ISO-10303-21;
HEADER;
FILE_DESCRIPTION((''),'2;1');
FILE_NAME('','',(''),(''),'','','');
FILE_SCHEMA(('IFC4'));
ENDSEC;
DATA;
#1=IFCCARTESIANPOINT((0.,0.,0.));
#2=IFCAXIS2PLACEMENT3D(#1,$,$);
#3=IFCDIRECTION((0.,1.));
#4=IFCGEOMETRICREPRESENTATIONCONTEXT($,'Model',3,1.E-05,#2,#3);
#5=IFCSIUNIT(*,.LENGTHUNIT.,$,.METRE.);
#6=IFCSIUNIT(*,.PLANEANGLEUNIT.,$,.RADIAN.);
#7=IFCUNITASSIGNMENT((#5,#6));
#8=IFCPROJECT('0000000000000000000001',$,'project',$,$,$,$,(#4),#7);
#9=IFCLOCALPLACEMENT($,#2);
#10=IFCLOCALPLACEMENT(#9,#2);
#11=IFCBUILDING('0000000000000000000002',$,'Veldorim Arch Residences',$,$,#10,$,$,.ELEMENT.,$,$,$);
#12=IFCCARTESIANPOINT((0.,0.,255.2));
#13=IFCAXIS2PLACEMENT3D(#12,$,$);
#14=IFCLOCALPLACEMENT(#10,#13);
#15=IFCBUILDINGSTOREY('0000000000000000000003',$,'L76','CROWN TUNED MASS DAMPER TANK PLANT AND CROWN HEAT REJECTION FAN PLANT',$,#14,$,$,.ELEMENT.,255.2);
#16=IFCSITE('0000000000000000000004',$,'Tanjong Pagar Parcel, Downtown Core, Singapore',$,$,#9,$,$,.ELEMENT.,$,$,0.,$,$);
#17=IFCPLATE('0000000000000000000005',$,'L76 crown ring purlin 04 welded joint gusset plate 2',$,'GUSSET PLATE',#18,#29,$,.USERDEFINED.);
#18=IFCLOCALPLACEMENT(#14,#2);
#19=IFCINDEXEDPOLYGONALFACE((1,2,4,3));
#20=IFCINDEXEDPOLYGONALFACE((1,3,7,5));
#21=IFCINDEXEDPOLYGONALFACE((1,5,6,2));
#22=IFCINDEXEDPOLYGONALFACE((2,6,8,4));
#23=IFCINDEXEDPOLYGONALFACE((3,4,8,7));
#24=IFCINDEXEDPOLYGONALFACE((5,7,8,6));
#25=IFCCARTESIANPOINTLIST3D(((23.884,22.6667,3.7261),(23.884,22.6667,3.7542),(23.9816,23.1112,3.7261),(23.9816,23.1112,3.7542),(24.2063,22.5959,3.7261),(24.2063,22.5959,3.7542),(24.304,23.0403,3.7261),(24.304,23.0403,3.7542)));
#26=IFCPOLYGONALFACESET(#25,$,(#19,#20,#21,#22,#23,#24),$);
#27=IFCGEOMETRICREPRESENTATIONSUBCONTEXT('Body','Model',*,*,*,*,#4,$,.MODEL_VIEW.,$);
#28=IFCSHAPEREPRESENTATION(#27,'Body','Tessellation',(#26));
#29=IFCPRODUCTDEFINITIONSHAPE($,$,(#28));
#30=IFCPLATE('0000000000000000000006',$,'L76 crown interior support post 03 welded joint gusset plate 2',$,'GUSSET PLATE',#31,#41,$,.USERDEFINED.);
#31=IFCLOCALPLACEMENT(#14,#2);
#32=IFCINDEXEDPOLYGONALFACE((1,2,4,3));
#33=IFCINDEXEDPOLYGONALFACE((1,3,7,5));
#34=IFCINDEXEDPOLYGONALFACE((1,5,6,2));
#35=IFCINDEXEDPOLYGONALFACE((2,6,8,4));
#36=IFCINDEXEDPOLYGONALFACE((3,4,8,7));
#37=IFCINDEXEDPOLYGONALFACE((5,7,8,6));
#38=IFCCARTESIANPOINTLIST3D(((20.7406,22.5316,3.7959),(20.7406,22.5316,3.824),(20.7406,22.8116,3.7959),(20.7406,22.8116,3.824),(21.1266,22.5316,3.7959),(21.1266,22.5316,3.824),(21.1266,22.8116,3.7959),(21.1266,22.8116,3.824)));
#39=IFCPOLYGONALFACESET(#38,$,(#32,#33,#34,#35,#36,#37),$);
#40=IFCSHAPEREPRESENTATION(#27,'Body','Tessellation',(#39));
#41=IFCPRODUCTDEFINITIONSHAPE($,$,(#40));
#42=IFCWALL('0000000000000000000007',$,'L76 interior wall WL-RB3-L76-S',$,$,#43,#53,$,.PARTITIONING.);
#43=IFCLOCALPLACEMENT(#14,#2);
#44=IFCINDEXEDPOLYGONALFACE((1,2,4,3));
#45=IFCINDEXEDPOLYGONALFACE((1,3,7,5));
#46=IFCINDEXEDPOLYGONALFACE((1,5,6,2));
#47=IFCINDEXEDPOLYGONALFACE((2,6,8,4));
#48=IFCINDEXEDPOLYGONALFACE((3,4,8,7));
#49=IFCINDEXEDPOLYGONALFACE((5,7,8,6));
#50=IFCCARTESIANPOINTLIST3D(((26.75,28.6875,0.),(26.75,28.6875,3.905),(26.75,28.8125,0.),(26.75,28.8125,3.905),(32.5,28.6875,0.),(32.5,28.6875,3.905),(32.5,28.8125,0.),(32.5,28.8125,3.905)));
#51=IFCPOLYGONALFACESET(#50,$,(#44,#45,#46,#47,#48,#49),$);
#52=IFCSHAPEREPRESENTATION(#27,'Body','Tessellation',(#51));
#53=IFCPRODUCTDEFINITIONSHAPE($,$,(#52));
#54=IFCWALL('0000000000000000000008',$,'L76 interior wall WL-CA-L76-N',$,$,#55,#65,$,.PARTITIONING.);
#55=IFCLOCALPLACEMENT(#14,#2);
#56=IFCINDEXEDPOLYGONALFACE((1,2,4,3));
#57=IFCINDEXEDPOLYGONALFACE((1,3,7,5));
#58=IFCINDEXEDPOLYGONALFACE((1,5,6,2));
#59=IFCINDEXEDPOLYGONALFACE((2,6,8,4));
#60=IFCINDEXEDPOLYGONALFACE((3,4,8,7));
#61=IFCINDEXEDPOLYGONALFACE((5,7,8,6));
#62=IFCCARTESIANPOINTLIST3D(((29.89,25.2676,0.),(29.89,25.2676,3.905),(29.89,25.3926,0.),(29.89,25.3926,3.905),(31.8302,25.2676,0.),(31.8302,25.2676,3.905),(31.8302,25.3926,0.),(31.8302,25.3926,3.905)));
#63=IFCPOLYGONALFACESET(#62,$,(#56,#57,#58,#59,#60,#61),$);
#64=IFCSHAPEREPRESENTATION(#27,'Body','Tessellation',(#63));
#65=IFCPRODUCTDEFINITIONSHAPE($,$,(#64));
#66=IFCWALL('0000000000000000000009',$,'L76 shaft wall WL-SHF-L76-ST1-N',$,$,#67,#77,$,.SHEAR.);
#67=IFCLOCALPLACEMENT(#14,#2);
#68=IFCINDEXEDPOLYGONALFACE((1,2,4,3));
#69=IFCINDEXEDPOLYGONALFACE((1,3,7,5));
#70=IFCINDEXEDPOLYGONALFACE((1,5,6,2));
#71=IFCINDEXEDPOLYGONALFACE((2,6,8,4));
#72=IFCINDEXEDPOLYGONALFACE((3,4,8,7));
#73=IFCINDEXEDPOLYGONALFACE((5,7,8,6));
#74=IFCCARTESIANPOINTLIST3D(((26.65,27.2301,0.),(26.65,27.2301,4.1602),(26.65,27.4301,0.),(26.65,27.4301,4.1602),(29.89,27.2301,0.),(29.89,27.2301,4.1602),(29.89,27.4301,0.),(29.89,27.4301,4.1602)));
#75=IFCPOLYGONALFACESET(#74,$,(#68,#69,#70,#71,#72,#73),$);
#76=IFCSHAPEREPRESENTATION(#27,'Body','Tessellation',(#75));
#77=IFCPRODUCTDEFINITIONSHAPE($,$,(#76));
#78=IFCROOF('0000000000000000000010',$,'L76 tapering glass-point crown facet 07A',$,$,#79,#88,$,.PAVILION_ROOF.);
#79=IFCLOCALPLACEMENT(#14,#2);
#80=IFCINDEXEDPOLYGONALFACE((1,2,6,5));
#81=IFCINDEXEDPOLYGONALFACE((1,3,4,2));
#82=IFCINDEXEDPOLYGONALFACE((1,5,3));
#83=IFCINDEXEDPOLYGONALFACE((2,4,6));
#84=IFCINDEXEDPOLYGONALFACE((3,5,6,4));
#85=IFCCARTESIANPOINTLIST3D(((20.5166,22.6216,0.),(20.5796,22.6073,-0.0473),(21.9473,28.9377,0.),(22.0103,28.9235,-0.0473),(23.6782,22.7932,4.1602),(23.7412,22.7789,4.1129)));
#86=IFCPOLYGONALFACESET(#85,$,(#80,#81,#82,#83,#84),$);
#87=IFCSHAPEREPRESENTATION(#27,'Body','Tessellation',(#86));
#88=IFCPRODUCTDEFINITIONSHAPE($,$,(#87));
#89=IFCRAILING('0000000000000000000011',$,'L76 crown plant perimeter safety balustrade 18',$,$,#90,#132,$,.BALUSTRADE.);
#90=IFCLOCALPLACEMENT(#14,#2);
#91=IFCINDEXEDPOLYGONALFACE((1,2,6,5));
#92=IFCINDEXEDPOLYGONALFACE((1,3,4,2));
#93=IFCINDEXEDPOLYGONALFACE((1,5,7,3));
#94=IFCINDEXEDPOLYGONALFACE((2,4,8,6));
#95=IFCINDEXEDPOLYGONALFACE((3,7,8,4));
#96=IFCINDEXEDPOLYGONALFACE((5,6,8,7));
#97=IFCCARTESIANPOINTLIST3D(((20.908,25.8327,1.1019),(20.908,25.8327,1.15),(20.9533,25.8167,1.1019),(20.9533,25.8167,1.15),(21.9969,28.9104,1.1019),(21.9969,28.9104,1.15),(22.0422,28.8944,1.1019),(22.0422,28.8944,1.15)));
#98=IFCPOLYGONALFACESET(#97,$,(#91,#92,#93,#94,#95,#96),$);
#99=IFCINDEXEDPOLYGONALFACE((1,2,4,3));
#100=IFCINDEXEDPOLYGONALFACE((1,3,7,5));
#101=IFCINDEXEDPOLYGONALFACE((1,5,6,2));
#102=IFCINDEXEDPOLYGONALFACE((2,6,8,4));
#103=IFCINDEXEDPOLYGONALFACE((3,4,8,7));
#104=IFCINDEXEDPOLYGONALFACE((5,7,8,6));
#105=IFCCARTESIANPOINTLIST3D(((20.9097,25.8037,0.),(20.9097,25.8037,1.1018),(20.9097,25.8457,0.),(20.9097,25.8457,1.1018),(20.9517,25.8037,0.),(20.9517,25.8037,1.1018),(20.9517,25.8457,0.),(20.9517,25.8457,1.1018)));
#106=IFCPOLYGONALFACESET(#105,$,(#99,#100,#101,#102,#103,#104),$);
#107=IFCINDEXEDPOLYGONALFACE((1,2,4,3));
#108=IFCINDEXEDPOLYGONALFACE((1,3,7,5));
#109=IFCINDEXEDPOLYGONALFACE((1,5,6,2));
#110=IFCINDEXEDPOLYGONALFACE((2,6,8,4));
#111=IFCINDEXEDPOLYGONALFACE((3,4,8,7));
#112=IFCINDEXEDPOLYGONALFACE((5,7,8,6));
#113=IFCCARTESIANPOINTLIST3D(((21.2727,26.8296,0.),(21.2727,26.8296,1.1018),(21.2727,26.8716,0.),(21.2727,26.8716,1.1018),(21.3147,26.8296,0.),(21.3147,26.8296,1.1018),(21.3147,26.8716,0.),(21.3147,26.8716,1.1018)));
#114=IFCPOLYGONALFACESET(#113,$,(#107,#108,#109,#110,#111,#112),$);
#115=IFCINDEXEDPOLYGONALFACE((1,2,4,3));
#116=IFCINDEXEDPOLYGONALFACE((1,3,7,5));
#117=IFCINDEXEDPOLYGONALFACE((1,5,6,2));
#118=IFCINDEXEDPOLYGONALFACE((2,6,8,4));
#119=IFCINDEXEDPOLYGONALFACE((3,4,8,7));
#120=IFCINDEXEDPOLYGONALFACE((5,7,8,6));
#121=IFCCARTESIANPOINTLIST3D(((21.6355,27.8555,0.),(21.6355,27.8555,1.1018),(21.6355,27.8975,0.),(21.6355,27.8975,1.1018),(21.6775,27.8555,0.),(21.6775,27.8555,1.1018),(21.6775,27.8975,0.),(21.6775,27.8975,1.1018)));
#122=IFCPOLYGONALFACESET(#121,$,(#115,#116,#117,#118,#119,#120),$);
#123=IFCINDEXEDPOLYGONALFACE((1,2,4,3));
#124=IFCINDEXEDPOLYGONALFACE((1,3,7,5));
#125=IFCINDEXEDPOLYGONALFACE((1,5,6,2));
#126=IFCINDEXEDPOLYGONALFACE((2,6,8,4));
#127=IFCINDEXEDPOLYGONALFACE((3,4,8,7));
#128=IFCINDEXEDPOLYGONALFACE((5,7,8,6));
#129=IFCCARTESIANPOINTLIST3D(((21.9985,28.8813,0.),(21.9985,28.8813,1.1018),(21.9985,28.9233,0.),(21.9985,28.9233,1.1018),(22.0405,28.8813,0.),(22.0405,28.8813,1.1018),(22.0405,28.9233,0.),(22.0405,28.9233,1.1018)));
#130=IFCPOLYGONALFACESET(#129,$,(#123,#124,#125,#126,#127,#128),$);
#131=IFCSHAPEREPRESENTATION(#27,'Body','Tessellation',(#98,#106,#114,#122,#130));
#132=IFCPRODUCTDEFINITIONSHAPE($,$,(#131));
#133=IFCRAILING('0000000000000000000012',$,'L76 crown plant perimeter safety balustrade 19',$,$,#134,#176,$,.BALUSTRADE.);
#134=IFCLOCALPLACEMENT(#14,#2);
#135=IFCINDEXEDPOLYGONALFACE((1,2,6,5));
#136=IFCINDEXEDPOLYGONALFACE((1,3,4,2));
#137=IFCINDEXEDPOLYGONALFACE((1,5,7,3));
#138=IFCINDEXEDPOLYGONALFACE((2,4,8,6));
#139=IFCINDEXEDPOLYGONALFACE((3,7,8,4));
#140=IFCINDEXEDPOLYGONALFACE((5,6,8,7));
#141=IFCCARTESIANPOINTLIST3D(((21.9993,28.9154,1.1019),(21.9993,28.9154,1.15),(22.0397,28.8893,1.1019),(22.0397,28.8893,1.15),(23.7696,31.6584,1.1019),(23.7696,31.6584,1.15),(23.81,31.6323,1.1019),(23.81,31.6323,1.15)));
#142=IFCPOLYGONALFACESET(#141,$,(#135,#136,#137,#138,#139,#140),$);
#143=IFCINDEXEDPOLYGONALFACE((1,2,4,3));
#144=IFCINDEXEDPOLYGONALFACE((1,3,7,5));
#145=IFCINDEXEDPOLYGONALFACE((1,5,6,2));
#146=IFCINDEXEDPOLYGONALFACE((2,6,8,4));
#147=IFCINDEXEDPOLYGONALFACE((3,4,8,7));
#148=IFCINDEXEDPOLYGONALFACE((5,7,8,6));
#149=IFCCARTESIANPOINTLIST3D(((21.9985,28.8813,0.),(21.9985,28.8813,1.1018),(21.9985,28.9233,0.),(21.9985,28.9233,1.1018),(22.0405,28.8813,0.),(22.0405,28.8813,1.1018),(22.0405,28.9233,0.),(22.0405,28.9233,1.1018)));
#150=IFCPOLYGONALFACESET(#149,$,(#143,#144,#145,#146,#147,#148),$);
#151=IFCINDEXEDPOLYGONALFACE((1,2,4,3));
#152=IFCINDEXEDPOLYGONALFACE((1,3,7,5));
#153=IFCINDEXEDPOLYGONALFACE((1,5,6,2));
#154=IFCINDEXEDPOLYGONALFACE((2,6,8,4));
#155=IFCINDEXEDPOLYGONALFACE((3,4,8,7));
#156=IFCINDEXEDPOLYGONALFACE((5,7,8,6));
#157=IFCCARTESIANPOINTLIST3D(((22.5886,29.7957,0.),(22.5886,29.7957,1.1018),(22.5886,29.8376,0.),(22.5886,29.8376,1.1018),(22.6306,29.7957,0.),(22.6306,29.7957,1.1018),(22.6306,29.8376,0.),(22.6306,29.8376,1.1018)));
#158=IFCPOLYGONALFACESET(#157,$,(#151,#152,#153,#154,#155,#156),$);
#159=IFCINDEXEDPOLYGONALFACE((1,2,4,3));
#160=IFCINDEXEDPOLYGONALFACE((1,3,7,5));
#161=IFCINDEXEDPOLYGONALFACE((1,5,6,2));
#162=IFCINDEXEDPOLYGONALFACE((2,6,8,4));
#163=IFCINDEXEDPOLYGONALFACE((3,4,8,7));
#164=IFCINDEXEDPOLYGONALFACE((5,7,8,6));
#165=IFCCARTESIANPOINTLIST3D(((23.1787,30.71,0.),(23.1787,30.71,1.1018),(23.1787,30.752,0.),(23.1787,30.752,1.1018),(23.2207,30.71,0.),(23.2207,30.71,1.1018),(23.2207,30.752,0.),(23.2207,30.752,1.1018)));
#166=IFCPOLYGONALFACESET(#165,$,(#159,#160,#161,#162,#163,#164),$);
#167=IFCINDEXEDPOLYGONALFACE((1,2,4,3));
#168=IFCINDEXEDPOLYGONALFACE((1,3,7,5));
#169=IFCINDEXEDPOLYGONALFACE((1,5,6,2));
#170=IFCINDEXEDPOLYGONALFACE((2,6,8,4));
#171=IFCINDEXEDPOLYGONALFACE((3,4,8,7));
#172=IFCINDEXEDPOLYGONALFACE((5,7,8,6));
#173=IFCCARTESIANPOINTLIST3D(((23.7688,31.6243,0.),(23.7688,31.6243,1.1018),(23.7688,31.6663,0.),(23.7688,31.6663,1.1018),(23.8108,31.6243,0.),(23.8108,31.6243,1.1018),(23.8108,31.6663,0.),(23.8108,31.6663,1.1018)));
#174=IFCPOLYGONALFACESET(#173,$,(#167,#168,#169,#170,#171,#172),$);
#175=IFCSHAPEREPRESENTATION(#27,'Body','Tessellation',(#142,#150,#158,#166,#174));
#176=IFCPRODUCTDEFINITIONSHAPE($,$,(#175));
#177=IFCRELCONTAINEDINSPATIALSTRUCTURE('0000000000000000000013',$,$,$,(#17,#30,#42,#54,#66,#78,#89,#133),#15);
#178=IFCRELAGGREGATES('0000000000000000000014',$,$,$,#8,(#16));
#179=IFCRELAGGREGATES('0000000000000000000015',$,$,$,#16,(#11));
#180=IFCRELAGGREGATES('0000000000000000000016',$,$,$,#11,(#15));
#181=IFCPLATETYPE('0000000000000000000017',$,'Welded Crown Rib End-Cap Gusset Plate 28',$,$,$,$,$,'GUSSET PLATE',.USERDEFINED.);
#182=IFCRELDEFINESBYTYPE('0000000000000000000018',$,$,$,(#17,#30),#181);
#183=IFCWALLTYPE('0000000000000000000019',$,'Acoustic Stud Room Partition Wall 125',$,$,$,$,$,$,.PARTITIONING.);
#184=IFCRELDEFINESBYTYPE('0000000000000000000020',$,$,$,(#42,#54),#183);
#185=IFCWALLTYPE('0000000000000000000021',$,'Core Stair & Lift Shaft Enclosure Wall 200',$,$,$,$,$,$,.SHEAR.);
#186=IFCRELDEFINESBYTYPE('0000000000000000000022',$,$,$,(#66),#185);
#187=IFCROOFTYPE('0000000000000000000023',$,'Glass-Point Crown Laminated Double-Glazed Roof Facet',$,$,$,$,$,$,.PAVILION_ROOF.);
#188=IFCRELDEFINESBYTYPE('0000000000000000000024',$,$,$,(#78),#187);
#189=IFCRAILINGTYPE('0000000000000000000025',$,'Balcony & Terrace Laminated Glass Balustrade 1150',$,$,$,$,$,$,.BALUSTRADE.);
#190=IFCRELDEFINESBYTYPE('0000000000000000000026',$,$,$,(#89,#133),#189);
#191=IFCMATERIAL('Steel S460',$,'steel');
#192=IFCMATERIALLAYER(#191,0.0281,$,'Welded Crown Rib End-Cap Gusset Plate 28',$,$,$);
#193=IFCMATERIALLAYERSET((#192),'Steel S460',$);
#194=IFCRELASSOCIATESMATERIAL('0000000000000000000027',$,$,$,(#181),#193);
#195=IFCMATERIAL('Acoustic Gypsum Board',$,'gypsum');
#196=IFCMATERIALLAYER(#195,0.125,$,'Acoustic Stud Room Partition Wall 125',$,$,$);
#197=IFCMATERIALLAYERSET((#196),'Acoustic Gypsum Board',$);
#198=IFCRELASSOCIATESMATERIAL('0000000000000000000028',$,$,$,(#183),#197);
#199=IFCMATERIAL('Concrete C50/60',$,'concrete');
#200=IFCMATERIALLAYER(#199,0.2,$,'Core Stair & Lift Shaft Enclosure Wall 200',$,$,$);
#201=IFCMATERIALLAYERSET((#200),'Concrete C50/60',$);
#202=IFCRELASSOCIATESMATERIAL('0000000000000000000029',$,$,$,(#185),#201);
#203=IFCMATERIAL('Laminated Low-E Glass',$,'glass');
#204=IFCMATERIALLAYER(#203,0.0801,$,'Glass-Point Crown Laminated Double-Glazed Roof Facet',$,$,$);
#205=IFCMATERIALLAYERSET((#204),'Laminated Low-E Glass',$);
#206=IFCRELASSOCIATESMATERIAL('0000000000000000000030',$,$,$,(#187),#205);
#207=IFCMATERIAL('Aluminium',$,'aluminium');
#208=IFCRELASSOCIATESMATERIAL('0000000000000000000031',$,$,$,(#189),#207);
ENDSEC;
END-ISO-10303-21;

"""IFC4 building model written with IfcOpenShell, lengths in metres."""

from ifc_helpers import new_model, si_unit, direction, frame, frame_2d, origin, origin_2d, place, context, subcontext, project, spatial, polyline, rectangle, outline, extrude, material, layer, layer_set, type_object, element, save


model = new_model("IFC4")

# Units and contexts
model_context = context("Model", 3, precision=1e-05, world=origin(), true_north=direction((0.0, 1.0)))
body_context = subcontext(model_context, "Body", "Model", "MODEL_VIEW")
ifc_project = project(units=[si_unit("LENGTHUNIT", "METRE"), si_unit("PLANEANGLEUNIT", "RADIAN")], contexts=[model_context])

# Site, building, storey
site_placement = place(None, origin())
site = spatial("IfcSite", under=ifc_project, at=site_placement, Name="Tanjong Pagar Parcel, Downtown Core, Singapore", CompositionType="ELEMENT", RefElevation=0.0)
building_placement = place(site_placement, origin())
building = spatial("IfcBuilding", under=site, at=building_placement, Name="Veldorim Arch Residences", CompositionType="ELEMENT")
storey_placement = place(building_placement, frame((0.0, 0.0, 255.2)))
storey = spatial("IfcBuildingStorey", under=building, at=storey_placement, Name="L76", Description="CROWN TUNED MASS DAMPER TANK PLANT AND CROWN HEAT REJECTION FAN PLANT", CompositionType="ELEMENT", Elevation=255.2)

# Plates
ifc_material_1 = material(Name="Steel S460", Category="steel")
ifc_layer_1 = layer(ifc_material_1, 0.0281, Name="Welded Crown Rib End-Cap Gusset Plate 28")
ifc_layer_set_1 = layer_set([ifc_layer_1], Name="Steel S460")
plate_type = type_object("IfcPlateType", Name="Welded Crown Rib End-Cap Gusset Plate 28", ElementType="GUSSET PLATE", PredefinedType="USERDEFINED", material=ifc_layer_set_1)
plate_1_placement = place(storey_placement, frame((24.094, 22.8535, 3.7261), z_axis=(0.0, 0.0, 1.0), x_axis=(-0.214667, -0.976687, 0.0)))
element("IfcPlate", 1, at=plate_1_placement, inside=storey, type_object=plate_type, Name="L76 crown ring purlin 04 welded joint gusset plate 2", ObjectType="GUSSET PLATE", PredefinedType="USERDEFINED", context=body_context, shape_type="SweptSolid", body=[
    extrude(rectangle(XDim=0.4551, YDim=0.3301, at=origin_2d()), origin(), (0.0, 0.0, 1.0), 0.0281),
])
plate_2_placement = place(storey_placement, frame((20.9336, 22.6716, 3.7959), z_axis=(0.0, 0.0, 1.0), x_axis=(1.0, 0.0, 0.0)))
element("IfcPlate", 2, at=plate_2_placement, inside=storey, type_object=plate_type, Name="L76 crown interior support post 03 welded joint gusset plate 2", ObjectType="GUSSET PLATE", PredefinedType="USERDEFINED", context=body_context, shape_type="SweptSolid", body=[
    extrude(rectangle(XDim=0.386, YDim=0.28, at=origin_2d()), origin(), (0.0, 0.0, 1.0), 0.0281),
])

# Walls
ifc_material_2 = material(Name="Acoustic Gypsum Board", Category="gypsum")
ifc_layer_2 = layer(ifc_material_2, 0.125, Name="Acoustic Stud Room Partition Wall 125")
ifc_layer_set_2 = layer_set([ifc_layer_2], Name="Acoustic Gypsum Board")
wall_type_1 = type_object("IfcWallType", Name="Acoustic Stud Room Partition Wall 125", PredefinedType="PARTITIONING", material=ifc_layer_set_2)
wall_1_placement = place(storey_placement, frame((26.75, 28.75, 0.0), z_axis=(0.0, 0.0, 1.0), x_axis=(1.0, 0.0, 0.0)))
element("IfcWall", 3, at=wall_1_placement, inside=storey, type_object=wall_type_1, Name="L76 interior wall WL-RB3-L76-S", PredefinedType="PARTITIONING", context=body_context, shape_type="SweptSolid", body=[
    extrude(rectangle(XDim=5.75, YDim=0.125, at=frame_2d((2.875, 0.0))), origin(), (0.0, 0.0, 1.0), 3.905),
])
wall_2_placement = place(storey_placement, frame((29.8899, 25.3301, 0.0), z_axis=(0.0, 0.0, 1.0), x_axis=(1.0, 0.0, 0.0)))
element("IfcWall", 4, at=wall_2_placement, inside=storey, type_object=wall_type_1, Name="L76 interior wall WL-CA-L76-N", PredefinedType="PARTITIONING", context=body_context, shape_type="SweptSolid", body=[
    extrude(rectangle(XDim=1.9402, YDim=0.125, at=frame_2d((0.9702, 0.0))), origin(), (0.0, 0.0, 1.0), 3.905),
])
ifc_material_3 = material(Name="Concrete C50/60", Category="concrete")
ifc_layer_3 = layer(ifc_material_3, 0.2, Name="Core Stair & Lift Shaft Enclosure Wall 200")
ifc_layer_set_3 = layer_set([ifc_layer_3], Name="Concrete C50/60")
wall_type_2 = type_object("IfcWallType", Name="Core Stair & Lift Shaft Enclosure Wall 200", PredefinedType="SHEAR", material=ifc_layer_set_3)
wall_3_placement = place(storey_placement, frame((26.6499, 27.3301, 0.0), z_axis=(0.0, 0.0, 1.0), x_axis=(1.0, 0.0, 0.0)))
element("IfcWall", 5, at=wall_3_placement, inside=storey, type_object=wall_type_2, Name="L76 shaft wall WL-SHF-L76-ST1-N", PredefinedType="SHEAR", context=body_context, shape_type="SweptSolid", body=[
    extrude(rectangle(XDim=3.24, YDim=0.2, at=frame_2d((1.6201, 0.0))), origin(), (0.0, 0.0, 1.0), 4.1602),
])

# Roof
ifc_material_4 = material(Name="Laminated Low-E Glass", Category="glass")
ifc_layer_4 = layer(ifc_material_4, 0.0801, Name="Glass-Point Crown Laminated Double-Glazed Roof Facet")
ifc_layer_set_4 = layer_set([ifc_layer_4], Name="Laminated Low-E Glass")
roof_type = type_object("IfcRoofType", Name="Glass-Point Crown Laminated Double-Glazed Roof Facet", PredefinedType="PAVILION_ROOF", material=ifc_layer_set_4)
roof_placement = place(storey_placement, frame((21.9473, 28.9377, 0.0), z_axis=(-0.786949, 0.178251, 0.590709), x_axis=(-0.220912, -0.975294, 0.0)))
element("IfcRoof", 6, at=roof_placement, inside=storey, type_object=roof_type, Name="L76 tapering glass-point crown facet 07A", PredefinedType="PAVILION_ROOF", context=body_context, shape_type="SweptSolid", body=[
    extrude(outline(polyline([(0.0, 0.0), (6.4762, 0.0), (5.6103, 5.1558), (0.0, 0.0)])), origin(), (0.0, 0.0, -1.0), 0.0801),
])

# Railings
ifc_material_5 = material(Name="Aluminium", Category="aluminium")
railing_type = type_object("IfcRailingType", Name="Balcony & Terrace Laminated Glass Balustrade 1150", PredefinedType="BALUSTRADE", material=ifc_material_5)
railing_1_placement = place(storey_placement, frame((20.9307, 25.8247, 0.0)))
element("IfcRailing", 7, at=railing_1_placement, inside=storey, type_object=railing_type, Name="L76 crown plant perimeter safety balustrade 18", PredefinedType="BALUSTRADE", context=body_context, shape_type="SweptSolid", body=[
    extrude(rectangle(XDim=0.0481, YDim=0.0481, at=origin_2d()), frame((0.0, 0.0, 1.126), z_axis=(0.33354, 0.942736, 0.0), x_axis=(-0.942736, 0.33354, 0.0)), (0.0, 0.0, 1.0), 3.2646),
    extrude(rectangle(XDim=0.042, YDim=0.042, at=origin_2d()), origin(), (0.0, 0.0, 1.0), 1.1018),
    extrude(rectangle(XDim=0.042, YDim=0.042, at=origin_2d()), frame((0.363, 1.0259, 0.0)), (0.0, 0.0, 1.0), 1.1018),
    extrude(rectangle(XDim=0.042, YDim=0.042, at=origin_2d()), frame((0.7258, 2.0518, 0.0)), (0.0, 0.0, 1.0), 1.1018),
    extrude(rectangle(XDim=0.042, YDim=0.042, at=origin_2d()), frame((1.0889, 3.0776, 0.0)), (0.0, 0.0, 1.0), 1.1018),
])
railing_2_placement = place(storey_placement, frame((22.0195, 28.9023, 0.0)))
element("IfcRailing", 8, at=railing_2_placement, inside=storey, type_object=railing_type, Name="L76 crown plant perimeter safety balustrade 19", PredefinedType="BALUSTRADE", context=body_context, shape_type="SweptSolid", body=[
    extrude(rectangle(XDim=0.0481, YDim=0.0481, at=origin_2d()), frame((0.0, 0.0, 1.126), z_axis=(0.542265, 0.840208, 0.0), x_axis=(-0.840208, 0.542265, 0.0)), (0.0, 0.0, 1.0), 3.2646),
    extrude(rectangle(XDim=0.042, YDim=0.042, at=origin_2d()), origin(), (0.0, 0.0, 1.0), 1.1018),
    extrude(rectangle(XDim=0.042, YDim=0.042, at=origin_2d()), frame((0.5901, 0.9143, 0.0)), (0.0, 0.0, 1.0), 1.1018),
    extrude(rectangle(XDim=0.042, YDim=0.042, at=origin_2d()), frame((1.1802, 1.8286, 0.0)), (0.0, 0.0, 1.0), 1.1018),
    extrude(rectangle(XDim=0.042, YDim=0.042, at=origin_2d()), frame((1.7703, 2.7429, 0.0)), (0.0, 0.0, 1.0), 1.1018),
])

save(model, "model.ifc")
